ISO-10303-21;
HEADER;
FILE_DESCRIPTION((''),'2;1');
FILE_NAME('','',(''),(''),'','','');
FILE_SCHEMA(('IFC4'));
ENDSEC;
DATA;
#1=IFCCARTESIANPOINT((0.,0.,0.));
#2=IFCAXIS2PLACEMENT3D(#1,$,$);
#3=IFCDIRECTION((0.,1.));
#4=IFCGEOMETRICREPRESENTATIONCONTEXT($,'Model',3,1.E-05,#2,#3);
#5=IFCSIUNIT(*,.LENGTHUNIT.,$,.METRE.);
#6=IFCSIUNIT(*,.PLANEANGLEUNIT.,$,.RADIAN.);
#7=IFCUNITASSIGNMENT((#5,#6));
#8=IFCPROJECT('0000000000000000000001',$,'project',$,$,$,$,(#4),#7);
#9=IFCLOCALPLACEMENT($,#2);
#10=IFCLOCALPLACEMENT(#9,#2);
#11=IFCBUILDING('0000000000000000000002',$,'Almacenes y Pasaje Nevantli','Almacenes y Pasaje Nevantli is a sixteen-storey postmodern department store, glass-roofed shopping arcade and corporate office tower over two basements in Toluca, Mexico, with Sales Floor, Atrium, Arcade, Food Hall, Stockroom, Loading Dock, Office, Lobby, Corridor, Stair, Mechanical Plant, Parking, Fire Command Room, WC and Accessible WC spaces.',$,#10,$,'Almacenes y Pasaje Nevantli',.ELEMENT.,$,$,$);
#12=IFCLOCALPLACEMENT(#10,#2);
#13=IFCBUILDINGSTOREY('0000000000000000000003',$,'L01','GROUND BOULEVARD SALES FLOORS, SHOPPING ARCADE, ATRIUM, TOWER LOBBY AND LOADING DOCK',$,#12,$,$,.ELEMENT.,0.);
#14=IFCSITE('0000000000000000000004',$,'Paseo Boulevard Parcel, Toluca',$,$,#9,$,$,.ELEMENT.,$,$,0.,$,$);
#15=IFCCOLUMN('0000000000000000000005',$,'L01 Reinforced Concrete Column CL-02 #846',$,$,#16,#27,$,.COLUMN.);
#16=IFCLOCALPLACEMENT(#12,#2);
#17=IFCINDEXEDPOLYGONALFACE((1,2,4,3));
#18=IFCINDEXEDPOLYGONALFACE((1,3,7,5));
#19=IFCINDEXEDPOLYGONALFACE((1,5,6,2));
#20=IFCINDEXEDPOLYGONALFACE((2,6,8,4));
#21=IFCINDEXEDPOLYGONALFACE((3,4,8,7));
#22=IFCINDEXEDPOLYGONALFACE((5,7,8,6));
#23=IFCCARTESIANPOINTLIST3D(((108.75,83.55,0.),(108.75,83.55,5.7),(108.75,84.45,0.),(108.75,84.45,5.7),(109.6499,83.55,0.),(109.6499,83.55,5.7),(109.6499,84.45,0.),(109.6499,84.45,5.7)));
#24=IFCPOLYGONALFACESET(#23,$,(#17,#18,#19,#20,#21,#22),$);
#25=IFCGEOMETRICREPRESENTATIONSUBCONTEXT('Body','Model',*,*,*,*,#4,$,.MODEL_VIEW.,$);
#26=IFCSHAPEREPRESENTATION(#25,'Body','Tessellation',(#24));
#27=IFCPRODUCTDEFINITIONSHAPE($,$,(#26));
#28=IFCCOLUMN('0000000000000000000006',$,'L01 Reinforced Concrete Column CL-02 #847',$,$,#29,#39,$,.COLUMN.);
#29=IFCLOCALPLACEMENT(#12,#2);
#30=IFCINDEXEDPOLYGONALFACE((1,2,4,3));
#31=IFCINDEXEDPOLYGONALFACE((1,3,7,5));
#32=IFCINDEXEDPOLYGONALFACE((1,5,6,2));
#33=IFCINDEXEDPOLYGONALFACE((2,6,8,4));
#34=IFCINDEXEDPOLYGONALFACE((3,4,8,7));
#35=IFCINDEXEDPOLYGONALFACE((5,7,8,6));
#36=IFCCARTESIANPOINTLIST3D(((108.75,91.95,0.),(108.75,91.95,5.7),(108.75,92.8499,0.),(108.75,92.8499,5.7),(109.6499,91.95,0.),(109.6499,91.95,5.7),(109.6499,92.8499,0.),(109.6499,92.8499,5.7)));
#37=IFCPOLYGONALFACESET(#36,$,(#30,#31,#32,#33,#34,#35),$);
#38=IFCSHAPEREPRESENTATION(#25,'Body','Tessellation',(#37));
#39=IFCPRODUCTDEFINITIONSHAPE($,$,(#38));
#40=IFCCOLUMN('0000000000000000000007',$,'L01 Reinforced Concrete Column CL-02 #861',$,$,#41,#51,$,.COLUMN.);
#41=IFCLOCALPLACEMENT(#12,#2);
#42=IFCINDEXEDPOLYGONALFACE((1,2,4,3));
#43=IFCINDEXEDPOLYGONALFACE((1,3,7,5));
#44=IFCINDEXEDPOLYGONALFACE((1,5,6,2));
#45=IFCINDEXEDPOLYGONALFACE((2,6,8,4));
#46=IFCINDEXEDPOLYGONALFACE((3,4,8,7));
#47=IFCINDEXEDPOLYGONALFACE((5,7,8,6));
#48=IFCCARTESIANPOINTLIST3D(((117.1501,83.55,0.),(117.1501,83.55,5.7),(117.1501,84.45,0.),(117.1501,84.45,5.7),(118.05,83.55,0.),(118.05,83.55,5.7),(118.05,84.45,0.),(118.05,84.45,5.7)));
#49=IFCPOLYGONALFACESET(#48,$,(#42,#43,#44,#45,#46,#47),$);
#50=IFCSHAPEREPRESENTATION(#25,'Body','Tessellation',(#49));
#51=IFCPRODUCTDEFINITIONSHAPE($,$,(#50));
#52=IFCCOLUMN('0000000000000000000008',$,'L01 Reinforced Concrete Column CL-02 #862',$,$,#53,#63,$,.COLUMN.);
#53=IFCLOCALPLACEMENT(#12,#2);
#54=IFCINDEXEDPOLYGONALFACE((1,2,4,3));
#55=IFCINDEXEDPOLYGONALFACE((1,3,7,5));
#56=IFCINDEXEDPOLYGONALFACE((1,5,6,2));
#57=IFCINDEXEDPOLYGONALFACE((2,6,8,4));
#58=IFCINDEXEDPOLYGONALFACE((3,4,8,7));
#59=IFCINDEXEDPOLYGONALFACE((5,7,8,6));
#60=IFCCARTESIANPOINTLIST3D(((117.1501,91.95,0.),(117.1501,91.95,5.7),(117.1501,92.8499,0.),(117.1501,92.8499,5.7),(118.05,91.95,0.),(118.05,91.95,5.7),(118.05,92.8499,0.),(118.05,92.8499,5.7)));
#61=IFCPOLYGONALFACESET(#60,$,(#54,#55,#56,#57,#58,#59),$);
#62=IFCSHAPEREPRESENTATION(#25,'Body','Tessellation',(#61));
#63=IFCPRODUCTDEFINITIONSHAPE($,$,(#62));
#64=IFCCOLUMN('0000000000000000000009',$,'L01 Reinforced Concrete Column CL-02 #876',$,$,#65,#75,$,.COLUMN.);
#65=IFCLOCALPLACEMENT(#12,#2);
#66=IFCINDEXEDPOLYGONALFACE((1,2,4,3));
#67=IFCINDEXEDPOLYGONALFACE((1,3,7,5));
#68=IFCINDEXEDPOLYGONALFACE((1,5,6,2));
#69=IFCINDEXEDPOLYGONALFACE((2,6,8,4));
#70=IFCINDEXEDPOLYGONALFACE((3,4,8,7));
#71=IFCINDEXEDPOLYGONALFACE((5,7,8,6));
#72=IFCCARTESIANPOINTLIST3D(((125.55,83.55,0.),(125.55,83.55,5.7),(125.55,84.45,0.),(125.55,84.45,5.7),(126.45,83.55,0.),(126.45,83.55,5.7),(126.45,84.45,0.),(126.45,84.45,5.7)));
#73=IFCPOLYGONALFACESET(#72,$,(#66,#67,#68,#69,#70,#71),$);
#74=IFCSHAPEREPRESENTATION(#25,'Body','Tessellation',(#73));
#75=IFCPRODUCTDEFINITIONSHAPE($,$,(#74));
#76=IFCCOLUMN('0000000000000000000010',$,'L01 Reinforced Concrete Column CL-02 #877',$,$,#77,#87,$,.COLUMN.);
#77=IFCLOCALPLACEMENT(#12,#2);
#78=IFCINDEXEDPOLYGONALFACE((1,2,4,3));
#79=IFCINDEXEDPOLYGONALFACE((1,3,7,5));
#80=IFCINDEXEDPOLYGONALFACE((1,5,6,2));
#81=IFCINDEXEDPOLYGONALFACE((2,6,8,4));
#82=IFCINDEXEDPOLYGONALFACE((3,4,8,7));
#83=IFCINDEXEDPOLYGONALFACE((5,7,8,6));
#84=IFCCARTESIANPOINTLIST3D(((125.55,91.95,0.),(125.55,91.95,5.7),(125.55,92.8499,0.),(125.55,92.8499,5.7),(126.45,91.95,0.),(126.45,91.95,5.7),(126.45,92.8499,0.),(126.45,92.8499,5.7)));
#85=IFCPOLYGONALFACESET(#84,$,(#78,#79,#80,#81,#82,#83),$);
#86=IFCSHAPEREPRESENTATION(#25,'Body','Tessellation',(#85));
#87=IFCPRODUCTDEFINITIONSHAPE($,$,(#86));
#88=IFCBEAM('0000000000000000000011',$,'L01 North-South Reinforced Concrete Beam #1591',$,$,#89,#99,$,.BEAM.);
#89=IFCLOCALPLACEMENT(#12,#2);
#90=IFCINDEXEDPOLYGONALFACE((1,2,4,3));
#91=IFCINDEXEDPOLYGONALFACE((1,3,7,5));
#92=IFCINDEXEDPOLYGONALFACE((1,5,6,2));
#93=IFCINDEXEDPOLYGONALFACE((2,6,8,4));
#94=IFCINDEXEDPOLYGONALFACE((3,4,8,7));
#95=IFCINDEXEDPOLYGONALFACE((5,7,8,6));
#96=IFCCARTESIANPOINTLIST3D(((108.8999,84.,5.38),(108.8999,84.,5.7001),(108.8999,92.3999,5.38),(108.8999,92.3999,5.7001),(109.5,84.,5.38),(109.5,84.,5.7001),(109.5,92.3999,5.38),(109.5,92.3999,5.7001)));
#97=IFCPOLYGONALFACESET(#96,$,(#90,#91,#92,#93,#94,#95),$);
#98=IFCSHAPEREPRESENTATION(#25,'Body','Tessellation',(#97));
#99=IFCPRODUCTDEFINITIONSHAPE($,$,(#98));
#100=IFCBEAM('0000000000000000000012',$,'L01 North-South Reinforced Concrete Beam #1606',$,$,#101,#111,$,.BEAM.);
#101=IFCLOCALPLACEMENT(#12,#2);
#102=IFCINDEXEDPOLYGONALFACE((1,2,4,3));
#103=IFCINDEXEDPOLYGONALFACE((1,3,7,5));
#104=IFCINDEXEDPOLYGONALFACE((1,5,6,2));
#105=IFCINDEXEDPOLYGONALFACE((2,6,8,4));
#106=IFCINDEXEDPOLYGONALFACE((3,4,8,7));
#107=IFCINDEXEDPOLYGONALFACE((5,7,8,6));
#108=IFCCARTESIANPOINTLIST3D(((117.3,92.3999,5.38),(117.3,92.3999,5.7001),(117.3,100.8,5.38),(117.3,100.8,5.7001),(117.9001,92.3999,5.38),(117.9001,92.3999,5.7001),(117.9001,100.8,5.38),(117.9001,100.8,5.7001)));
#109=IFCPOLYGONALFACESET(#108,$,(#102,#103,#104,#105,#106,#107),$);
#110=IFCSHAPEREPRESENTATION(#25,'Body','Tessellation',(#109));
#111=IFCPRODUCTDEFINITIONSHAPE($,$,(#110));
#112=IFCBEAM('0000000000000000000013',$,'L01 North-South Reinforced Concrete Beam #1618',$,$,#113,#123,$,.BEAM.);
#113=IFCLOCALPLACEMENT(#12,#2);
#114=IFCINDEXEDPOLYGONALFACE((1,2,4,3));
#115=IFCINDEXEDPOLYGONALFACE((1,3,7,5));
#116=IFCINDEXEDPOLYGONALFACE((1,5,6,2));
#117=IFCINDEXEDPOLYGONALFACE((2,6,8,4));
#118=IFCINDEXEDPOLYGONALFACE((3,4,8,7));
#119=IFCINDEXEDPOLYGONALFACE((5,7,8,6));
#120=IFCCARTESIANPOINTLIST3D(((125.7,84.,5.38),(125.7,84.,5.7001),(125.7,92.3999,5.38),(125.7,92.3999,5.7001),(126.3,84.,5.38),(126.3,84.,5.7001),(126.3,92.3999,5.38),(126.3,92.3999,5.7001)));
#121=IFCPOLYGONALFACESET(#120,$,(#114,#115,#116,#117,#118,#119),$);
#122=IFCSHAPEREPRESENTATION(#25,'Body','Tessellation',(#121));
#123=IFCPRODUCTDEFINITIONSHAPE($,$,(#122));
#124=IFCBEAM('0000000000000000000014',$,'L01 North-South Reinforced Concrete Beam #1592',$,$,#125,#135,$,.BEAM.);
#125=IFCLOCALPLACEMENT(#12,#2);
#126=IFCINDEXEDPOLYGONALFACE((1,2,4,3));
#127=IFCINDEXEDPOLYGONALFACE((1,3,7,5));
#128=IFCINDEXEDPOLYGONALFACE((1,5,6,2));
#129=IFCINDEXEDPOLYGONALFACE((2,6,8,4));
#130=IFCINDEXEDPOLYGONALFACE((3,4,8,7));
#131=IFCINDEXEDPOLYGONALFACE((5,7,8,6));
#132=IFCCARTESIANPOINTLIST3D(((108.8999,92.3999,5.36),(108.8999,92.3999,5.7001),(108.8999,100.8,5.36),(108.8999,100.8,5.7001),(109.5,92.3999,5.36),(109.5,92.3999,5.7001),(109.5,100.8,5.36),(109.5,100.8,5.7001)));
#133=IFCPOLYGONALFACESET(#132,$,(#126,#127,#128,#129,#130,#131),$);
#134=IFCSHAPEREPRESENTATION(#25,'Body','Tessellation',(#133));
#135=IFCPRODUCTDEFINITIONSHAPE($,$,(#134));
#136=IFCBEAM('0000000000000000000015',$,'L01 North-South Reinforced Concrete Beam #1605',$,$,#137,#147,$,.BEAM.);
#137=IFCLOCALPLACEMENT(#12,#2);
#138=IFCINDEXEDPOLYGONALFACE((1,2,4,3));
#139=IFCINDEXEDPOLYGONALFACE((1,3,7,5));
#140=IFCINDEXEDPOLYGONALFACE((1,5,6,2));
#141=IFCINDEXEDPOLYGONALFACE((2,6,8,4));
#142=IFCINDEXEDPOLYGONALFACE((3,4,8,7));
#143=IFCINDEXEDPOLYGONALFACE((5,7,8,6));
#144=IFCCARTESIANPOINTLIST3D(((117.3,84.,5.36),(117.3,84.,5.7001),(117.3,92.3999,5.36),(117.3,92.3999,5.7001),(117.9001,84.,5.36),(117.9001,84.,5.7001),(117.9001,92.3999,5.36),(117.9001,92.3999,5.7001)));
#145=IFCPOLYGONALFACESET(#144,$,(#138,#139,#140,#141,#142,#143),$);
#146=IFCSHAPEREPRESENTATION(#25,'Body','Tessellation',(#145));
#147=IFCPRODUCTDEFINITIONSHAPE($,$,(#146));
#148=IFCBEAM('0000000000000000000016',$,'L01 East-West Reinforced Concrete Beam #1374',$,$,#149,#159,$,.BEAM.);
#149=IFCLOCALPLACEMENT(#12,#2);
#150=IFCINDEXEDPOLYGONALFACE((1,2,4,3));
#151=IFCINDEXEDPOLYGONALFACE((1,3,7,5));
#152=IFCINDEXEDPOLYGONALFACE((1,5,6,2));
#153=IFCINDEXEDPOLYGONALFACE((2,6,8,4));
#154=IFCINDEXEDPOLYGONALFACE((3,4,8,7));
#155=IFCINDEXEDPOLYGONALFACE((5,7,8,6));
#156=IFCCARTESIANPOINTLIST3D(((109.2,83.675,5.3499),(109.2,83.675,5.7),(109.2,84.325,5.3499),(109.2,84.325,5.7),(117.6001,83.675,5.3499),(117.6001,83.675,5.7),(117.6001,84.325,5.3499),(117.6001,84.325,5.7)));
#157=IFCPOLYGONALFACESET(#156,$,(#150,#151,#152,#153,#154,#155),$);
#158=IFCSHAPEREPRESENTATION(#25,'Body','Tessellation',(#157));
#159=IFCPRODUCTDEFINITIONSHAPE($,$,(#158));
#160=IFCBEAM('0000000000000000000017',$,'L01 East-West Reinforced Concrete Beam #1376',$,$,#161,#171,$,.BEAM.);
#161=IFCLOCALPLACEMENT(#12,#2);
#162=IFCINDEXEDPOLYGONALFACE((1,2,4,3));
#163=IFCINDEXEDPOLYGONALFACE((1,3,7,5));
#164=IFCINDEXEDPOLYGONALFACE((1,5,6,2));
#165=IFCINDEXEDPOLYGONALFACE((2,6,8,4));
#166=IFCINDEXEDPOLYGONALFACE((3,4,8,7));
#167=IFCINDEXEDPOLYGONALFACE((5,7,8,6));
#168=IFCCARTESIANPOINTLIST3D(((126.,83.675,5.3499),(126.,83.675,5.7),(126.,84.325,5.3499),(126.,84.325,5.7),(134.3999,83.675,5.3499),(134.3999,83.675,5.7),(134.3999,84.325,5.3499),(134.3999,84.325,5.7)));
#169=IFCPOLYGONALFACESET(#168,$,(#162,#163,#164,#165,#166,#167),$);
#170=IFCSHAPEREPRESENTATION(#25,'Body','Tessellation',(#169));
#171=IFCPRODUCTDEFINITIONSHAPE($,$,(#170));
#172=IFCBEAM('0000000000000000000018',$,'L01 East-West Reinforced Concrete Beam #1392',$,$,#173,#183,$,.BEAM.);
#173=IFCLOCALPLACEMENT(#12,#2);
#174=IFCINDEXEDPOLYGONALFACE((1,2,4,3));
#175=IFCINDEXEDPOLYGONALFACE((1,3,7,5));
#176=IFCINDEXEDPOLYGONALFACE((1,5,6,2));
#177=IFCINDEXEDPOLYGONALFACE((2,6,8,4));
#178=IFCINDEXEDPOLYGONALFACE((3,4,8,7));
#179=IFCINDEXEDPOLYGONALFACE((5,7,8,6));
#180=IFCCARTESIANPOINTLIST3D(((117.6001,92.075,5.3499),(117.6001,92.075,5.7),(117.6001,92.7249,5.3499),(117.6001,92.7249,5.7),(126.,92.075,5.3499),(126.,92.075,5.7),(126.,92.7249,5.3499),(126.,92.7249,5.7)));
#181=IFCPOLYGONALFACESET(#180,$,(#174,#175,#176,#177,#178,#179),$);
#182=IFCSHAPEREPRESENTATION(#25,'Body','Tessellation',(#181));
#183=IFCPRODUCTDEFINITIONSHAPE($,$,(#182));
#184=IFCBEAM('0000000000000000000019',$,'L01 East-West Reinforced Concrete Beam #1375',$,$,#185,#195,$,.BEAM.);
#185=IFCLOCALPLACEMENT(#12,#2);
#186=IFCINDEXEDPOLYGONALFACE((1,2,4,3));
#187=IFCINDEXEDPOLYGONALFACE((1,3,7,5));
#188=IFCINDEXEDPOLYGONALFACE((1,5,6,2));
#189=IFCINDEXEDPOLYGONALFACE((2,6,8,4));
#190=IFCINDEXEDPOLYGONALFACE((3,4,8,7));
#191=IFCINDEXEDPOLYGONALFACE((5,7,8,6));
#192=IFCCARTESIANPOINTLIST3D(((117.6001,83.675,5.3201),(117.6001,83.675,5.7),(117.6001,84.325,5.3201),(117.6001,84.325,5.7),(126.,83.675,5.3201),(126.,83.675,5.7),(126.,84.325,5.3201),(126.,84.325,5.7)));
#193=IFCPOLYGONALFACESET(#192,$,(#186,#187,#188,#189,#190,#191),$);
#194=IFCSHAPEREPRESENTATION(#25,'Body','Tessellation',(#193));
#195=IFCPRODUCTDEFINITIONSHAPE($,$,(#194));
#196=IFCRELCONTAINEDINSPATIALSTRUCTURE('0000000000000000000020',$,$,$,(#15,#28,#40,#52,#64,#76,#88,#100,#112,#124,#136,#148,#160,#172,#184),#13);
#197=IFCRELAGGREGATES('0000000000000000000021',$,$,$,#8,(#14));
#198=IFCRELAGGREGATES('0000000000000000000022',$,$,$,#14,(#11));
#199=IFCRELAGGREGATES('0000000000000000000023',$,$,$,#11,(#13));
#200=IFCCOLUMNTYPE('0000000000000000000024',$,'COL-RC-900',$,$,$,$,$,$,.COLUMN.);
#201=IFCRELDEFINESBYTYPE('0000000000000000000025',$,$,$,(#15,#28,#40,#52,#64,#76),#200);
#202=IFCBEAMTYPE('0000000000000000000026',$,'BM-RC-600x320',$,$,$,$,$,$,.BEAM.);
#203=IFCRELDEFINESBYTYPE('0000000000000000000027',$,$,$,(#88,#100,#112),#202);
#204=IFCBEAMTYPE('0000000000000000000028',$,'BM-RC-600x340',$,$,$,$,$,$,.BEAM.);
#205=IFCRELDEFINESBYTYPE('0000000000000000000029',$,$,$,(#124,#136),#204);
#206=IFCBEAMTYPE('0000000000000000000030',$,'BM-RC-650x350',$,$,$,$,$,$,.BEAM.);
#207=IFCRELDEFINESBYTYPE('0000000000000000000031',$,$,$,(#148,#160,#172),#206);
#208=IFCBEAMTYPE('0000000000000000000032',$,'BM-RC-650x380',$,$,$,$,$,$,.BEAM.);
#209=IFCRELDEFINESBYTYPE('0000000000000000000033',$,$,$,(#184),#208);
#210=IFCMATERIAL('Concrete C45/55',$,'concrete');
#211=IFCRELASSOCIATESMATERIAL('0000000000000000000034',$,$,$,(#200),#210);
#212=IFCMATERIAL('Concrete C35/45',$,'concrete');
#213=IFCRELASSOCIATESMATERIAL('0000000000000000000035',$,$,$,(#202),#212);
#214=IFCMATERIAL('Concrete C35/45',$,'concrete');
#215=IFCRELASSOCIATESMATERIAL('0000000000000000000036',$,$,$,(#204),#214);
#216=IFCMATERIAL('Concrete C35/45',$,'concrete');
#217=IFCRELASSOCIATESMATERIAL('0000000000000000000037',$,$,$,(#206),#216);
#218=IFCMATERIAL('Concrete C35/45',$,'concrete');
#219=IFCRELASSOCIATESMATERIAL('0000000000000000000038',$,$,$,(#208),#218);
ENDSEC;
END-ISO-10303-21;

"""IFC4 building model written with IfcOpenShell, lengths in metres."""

from ifc_helpers import new_model, si_unit, direction, frame, origin, origin_2d, place, context, subcontext, project, spatial, rectangle, extrude, material, material_profile, profile_set, type_object, element, save


model = new_model("IFC4")

# Units and contexts
model_context = context("Model", 3, precision=1e-05, world=origin(), true_north=direction((0.0, 1.0)))
body_context = subcontext(model_context, "Body", "Model", "MODEL_VIEW")
ifc_project = project(units=[si_unit("LENGTHUNIT", "METRE"), si_unit("PLANEANGLEUNIT", "RADIAN")], contexts=[model_context])

# Site, building, storey
site_placement = place(None, origin())
site = spatial("IfcSite", under=ifc_project, at=site_placement, Name="Paseo Boulevard Parcel, Toluca", CompositionType="ELEMENT", RefElevation=0.0)
building_placement = place(site_placement, origin())
building = spatial("IfcBuilding", under=site, at=building_placement, Name="Almacenes y Pasaje Nevantli", Description="Almacenes y Pasaje Nevantli is a sixteen-storey postmodern department store, glass-roofed shopping arcade and corporate office tower over two basements in Toluca, Mexico, with Sales Floor, Atrium, Arcade, Food Hall, Stockroom, Loading Dock, Office, Lobby, Corridor, Stair, Mechanical Plant, Parking, Fire Command Room, WC and Accessible WC spaces.", LongName="Almacenes y Pasaje Nevantli", CompositionType="ELEMENT")
storey_placement = place(building_placement, origin())
storey = spatial("IfcBuildingStorey", under=building, at=storey_placement, Name="L01", Description="GROUND BOULEVARD SALES FLOORS, SHOPPING ARCADE, ATRIUM, TOWER LOBBY AND LOADING DOCK", CompositionType="ELEMENT", Elevation=0.0)

# Columns
ifc_material_1 = material(Name="Concrete C45/55", Category="concrete")
ifc_material_profile_1 = material_profile(ifc_material_1, rectangle(XDim=0.8999, YDim=0.8999, at=origin_2d()), Name="RC-COL-900x900")
ifc_profile_set_1 = profile_set([ifc_material_profile_1], Name="Concrete C45/55")
column_type = type_object("IfcColumnType", Name="COL-RC-900", PredefinedType="COLUMN", material=ifc_profile_set_1)
for number, where, z_axis, x_axis, name in (
    (1, (109.2, 84.0, 0.0), (0.0, 0.0, 1.0), (1.0, 0.0, 0.0), "L01 Reinforced Concrete Column CL-02 #846"),
    (2, (109.2, 92.3999, 0.0), (0.0, 0.0, 1.0), (1.0, 0.0, 0.0), "L01 Reinforced Concrete Column CL-02 #847"),
    (3, (117.6001, 84.0, 0.0), (0.0, 0.0, 1.0), (1.0, 0.0, 0.0), "L01 Reinforced Concrete Column CL-02 #861"),
    (4, (117.6001, 92.3999, 0.0), (0.0, 0.0, 1.0), (1.0, 0.0, 0.0), "L01 Reinforced Concrete Column CL-02 #862"),
    (5, (126.0, 84.0, 0.0), (0.0, 0.0, 1.0), (1.0, 0.0, 0.0), "L01 Reinforced Concrete Column CL-02 #876"),
    (6, (126.0, 92.3999, 0.0), (0.0, 0.0, 1.0), (1.0, 0.0, 0.0), "L01 Reinforced Concrete Column CL-02 #877"),
):
    element("IfcColumn", number, at=place(storey_placement, frame(where, z_axis=z_axis, x_axis=x_axis)), inside=storey, type_object=column_type, Name=name, PredefinedType="COLUMN", context=body_context, shape_type="SweptSolid", body=[
        extrude(rectangle(XDim=0.8999, YDim=0.8999, at=origin_2d()), origin(), (0.0, 0.0, 1.0), 5.7),
    ])

# Beams
ifc_material_2 = material(Name="Concrete C35/45", Category="concrete")
ifc_material_profile_2 = material_profile(ifc_material_2, rectangle(XDim=0.6001, YDim=0.3201, at=origin_2d()), Name="RC-BM-600x320")
ifc_profile_set_2 = profile_set([ifc_material_profile_2], Name="Concrete C35/45")
beam_type_1 = type_object("IfcBeamType", Name="BM-RC-600x320", PredefinedType="BEAM", material=ifc_profile_set_2)
beam_1_placement = place(storey_placement, frame((109.2, 84.0, 5.54), z_axis=(0.0, 1.0, 0.0), x_axis=(-1.0, 0.0, 0.0)))
element("IfcBeam", 7, at=beam_1_placement, inside=storey, type_object=beam_type_1, Name="L01 North-South Reinforced Concrete Beam #1591", PredefinedType="BEAM", context=body_context, shape_type="SweptSolid", body=[
    extrude(rectangle(XDim=0.6001, YDim=0.3201, at=origin_2d()), origin(), (0.0, 0.0, 1.0), 8.3999),
])
beam_2_placement = place(storey_placement, frame((117.6001, 92.3999, 5.54), z_axis=(0.0, 1.0, 0.0), x_axis=(-1.0, 0.0, 0.0)))
element("IfcBeam", 8, at=beam_2_placement, inside=storey, type_object=beam_type_1, Name="L01 North-South Reinforced Concrete Beam #1606", PredefinedType="BEAM", context=body_context, shape_type="SweptSolid", body=[
    extrude(rectangle(XDim=0.6001, YDim=0.3201, at=origin_2d()), origin(), (0.0, 0.0, 1.0), 8.4001),
])
beam_3_placement = place(storey_placement, frame((126.0, 84.0, 5.54), z_axis=(0.0, 1.0, 0.0), x_axis=(-1.0, 0.0, 0.0)))
element("IfcBeam", 9, at=beam_3_placement, inside=storey, type_object=beam_type_1, Name="L01 North-South Reinforced Concrete Beam #1618", PredefinedType="BEAM", context=body_context, shape_type="SweptSolid", body=[
    extrude(rectangle(XDim=0.6001, YDim=0.3201, at=origin_2d()), origin(), (0.0, 0.0, 1.0), 8.3999),
])
ifc_material_3 = material(Name="Concrete C35/45", Category="concrete")
ifc_material_profile_3 = material_profile(ifc_material_3, rectangle(XDim=0.6001, YDim=0.3401, at=origin_2d()), Name="RC-BM-600x340")
ifc_profile_set_3 = profile_set([ifc_material_profile_3], Name="Concrete C35/45")
beam_type_2 = type_object("IfcBeamType", Name="BM-RC-600x340", PredefinedType="BEAM", material=ifc_profile_set_3)
beam_4_placement = place(storey_placement, frame((109.2, 92.3999, 5.53), z_axis=(0.0, 1.0, 0.0), x_axis=(-1.0, 0.0, 0.0)))
element("IfcBeam", 10, at=beam_4_placement, inside=storey, type_object=beam_type_2, Name="L01 North-South Reinforced Concrete Beam #1592", PredefinedType="BEAM", context=body_context, shape_type="SweptSolid", body=[
    extrude(rectangle(XDim=0.6001, YDim=0.3401, at=origin_2d()), origin(), (0.0, 0.0, 1.0), 8.4001),
])
beam_5_placement = place(storey_placement, frame((117.6001, 84.0, 5.53), z_axis=(0.0, 1.0, 0.0), x_axis=(-1.0, 0.0, 0.0)))
element("IfcBeam", 11, at=beam_5_placement, inside=storey, type_object=beam_type_2, Name="L01 North-South Reinforced Concrete Beam #1605", PredefinedType="BEAM", context=body_context, shape_type="SweptSolid", body=[
    extrude(rectangle(XDim=0.6001, YDim=0.3401, at=origin_2d()), origin(), (0.0, 0.0, 1.0), 8.3999),
])
ifc_material_4 = material(Name="Concrete C35/45", Category="concrete")
ifc_material_profile_4 = material_profile(ifc_material_4, rectangle(XDim=0.6499, YDim=0.3501, at=origin_2d()), Name="RC-BM-650x350")
ifc_profile_set_4 = profile_set([ifc_material_profile_4], Name="Concrete C35/45")
beam_type_3 = type_object("IfcBeamType", Name="BM-RC-650x350", PredefinedType="BEAM", material=ifc_profile_set_4)
beam_6_placement = place(storey_placement, frame((109.2, 84.0, 5.5249), z_axis=(1.0, 0.0, 0.0), x_axis=(0.0, 1.0, 0.0)))
element("IfcBeam", 12, at=beam_6_placement, inside=storey, type_object=beam_type_3, Name="L01 East-West Reinforced Concrete Beam #1374", PredefinedType="BEAM", context=body_context, shape_type="SweptSolid", body=[
    extrude(rectangle(XDim=0.6499, YDim=0.3501, at=origin_2d()), origin(), (0.0, 0.0, 1.0), 8.4001),
])
for number, where, z_axis, x_axis, name in (
    (13, (126.0, 84.0, 5.5249), (1.0, 0.0, 0.0), (0.0, 1.0, 0.0), "L01 East-West Reinforced Concrete Beam #1376"),
    (14, (117.6001, 92.3999, 5.5249), (1.0, 0.0, 0.0), (0.0, 1.0, 0.0), "L01 East-West Reinforced Concrete Beam #1392"),
):
    element("IfcBeam", number, at=place(storey_placement, frame(where, z_axis=z_axis, x_axis=x_axis)), inside=storey, type_object=beam_type_3, Name=name, PredefinedType="BEAM", context=body_context, shape_type="SweptSolid", body=[
        extrude(rectangle(XDim=0.6499, YDim=0.3501, at=origin_2d()), origin(), (0.0, 0.0, 1.0), 8.3999),
    ])
ifc_material_5 = material(Name="Concrete C35/45", Category="concrete")
ifc_material_profile_5 = material_profile(ifc_material_5, rectangle(XDim=0.6499, YDim=0.3799, at=origin_2d()), Name="RC-BM-650x380")
ifc_profile_set_5 = profile_set([ifc_material_profile_5], Name="Concrete C35/45")
beam_type_4 = type_object("IfcBeamType", Name="BM-RC-650x380", PredefinedType="BEAM", material=ifc_profile_set_5)
beam_7_placement = place(storey_placement, frame((117.6001, 84.0, 5.51), z_axis=(1.0, 0.0, 0.0), x_axis=(0.0, 1.0, 0.0)))
element("IfcBeam", 15, at=beam_7_placement, inside=storey, type_object=beam_type_4, Name="L01 East-West Reinforced Concrete Beam #1375", PredefinedType="BEAM", context=body_context, shape_type="SweptSolid", body=[
    extrude(rectangle(XDim=0.6499, YDim=0.3799, at=origin_2d()), origin(), (0.0, 0.0, 1.0), 8.3999),
])

save(model, "model.ifc")
